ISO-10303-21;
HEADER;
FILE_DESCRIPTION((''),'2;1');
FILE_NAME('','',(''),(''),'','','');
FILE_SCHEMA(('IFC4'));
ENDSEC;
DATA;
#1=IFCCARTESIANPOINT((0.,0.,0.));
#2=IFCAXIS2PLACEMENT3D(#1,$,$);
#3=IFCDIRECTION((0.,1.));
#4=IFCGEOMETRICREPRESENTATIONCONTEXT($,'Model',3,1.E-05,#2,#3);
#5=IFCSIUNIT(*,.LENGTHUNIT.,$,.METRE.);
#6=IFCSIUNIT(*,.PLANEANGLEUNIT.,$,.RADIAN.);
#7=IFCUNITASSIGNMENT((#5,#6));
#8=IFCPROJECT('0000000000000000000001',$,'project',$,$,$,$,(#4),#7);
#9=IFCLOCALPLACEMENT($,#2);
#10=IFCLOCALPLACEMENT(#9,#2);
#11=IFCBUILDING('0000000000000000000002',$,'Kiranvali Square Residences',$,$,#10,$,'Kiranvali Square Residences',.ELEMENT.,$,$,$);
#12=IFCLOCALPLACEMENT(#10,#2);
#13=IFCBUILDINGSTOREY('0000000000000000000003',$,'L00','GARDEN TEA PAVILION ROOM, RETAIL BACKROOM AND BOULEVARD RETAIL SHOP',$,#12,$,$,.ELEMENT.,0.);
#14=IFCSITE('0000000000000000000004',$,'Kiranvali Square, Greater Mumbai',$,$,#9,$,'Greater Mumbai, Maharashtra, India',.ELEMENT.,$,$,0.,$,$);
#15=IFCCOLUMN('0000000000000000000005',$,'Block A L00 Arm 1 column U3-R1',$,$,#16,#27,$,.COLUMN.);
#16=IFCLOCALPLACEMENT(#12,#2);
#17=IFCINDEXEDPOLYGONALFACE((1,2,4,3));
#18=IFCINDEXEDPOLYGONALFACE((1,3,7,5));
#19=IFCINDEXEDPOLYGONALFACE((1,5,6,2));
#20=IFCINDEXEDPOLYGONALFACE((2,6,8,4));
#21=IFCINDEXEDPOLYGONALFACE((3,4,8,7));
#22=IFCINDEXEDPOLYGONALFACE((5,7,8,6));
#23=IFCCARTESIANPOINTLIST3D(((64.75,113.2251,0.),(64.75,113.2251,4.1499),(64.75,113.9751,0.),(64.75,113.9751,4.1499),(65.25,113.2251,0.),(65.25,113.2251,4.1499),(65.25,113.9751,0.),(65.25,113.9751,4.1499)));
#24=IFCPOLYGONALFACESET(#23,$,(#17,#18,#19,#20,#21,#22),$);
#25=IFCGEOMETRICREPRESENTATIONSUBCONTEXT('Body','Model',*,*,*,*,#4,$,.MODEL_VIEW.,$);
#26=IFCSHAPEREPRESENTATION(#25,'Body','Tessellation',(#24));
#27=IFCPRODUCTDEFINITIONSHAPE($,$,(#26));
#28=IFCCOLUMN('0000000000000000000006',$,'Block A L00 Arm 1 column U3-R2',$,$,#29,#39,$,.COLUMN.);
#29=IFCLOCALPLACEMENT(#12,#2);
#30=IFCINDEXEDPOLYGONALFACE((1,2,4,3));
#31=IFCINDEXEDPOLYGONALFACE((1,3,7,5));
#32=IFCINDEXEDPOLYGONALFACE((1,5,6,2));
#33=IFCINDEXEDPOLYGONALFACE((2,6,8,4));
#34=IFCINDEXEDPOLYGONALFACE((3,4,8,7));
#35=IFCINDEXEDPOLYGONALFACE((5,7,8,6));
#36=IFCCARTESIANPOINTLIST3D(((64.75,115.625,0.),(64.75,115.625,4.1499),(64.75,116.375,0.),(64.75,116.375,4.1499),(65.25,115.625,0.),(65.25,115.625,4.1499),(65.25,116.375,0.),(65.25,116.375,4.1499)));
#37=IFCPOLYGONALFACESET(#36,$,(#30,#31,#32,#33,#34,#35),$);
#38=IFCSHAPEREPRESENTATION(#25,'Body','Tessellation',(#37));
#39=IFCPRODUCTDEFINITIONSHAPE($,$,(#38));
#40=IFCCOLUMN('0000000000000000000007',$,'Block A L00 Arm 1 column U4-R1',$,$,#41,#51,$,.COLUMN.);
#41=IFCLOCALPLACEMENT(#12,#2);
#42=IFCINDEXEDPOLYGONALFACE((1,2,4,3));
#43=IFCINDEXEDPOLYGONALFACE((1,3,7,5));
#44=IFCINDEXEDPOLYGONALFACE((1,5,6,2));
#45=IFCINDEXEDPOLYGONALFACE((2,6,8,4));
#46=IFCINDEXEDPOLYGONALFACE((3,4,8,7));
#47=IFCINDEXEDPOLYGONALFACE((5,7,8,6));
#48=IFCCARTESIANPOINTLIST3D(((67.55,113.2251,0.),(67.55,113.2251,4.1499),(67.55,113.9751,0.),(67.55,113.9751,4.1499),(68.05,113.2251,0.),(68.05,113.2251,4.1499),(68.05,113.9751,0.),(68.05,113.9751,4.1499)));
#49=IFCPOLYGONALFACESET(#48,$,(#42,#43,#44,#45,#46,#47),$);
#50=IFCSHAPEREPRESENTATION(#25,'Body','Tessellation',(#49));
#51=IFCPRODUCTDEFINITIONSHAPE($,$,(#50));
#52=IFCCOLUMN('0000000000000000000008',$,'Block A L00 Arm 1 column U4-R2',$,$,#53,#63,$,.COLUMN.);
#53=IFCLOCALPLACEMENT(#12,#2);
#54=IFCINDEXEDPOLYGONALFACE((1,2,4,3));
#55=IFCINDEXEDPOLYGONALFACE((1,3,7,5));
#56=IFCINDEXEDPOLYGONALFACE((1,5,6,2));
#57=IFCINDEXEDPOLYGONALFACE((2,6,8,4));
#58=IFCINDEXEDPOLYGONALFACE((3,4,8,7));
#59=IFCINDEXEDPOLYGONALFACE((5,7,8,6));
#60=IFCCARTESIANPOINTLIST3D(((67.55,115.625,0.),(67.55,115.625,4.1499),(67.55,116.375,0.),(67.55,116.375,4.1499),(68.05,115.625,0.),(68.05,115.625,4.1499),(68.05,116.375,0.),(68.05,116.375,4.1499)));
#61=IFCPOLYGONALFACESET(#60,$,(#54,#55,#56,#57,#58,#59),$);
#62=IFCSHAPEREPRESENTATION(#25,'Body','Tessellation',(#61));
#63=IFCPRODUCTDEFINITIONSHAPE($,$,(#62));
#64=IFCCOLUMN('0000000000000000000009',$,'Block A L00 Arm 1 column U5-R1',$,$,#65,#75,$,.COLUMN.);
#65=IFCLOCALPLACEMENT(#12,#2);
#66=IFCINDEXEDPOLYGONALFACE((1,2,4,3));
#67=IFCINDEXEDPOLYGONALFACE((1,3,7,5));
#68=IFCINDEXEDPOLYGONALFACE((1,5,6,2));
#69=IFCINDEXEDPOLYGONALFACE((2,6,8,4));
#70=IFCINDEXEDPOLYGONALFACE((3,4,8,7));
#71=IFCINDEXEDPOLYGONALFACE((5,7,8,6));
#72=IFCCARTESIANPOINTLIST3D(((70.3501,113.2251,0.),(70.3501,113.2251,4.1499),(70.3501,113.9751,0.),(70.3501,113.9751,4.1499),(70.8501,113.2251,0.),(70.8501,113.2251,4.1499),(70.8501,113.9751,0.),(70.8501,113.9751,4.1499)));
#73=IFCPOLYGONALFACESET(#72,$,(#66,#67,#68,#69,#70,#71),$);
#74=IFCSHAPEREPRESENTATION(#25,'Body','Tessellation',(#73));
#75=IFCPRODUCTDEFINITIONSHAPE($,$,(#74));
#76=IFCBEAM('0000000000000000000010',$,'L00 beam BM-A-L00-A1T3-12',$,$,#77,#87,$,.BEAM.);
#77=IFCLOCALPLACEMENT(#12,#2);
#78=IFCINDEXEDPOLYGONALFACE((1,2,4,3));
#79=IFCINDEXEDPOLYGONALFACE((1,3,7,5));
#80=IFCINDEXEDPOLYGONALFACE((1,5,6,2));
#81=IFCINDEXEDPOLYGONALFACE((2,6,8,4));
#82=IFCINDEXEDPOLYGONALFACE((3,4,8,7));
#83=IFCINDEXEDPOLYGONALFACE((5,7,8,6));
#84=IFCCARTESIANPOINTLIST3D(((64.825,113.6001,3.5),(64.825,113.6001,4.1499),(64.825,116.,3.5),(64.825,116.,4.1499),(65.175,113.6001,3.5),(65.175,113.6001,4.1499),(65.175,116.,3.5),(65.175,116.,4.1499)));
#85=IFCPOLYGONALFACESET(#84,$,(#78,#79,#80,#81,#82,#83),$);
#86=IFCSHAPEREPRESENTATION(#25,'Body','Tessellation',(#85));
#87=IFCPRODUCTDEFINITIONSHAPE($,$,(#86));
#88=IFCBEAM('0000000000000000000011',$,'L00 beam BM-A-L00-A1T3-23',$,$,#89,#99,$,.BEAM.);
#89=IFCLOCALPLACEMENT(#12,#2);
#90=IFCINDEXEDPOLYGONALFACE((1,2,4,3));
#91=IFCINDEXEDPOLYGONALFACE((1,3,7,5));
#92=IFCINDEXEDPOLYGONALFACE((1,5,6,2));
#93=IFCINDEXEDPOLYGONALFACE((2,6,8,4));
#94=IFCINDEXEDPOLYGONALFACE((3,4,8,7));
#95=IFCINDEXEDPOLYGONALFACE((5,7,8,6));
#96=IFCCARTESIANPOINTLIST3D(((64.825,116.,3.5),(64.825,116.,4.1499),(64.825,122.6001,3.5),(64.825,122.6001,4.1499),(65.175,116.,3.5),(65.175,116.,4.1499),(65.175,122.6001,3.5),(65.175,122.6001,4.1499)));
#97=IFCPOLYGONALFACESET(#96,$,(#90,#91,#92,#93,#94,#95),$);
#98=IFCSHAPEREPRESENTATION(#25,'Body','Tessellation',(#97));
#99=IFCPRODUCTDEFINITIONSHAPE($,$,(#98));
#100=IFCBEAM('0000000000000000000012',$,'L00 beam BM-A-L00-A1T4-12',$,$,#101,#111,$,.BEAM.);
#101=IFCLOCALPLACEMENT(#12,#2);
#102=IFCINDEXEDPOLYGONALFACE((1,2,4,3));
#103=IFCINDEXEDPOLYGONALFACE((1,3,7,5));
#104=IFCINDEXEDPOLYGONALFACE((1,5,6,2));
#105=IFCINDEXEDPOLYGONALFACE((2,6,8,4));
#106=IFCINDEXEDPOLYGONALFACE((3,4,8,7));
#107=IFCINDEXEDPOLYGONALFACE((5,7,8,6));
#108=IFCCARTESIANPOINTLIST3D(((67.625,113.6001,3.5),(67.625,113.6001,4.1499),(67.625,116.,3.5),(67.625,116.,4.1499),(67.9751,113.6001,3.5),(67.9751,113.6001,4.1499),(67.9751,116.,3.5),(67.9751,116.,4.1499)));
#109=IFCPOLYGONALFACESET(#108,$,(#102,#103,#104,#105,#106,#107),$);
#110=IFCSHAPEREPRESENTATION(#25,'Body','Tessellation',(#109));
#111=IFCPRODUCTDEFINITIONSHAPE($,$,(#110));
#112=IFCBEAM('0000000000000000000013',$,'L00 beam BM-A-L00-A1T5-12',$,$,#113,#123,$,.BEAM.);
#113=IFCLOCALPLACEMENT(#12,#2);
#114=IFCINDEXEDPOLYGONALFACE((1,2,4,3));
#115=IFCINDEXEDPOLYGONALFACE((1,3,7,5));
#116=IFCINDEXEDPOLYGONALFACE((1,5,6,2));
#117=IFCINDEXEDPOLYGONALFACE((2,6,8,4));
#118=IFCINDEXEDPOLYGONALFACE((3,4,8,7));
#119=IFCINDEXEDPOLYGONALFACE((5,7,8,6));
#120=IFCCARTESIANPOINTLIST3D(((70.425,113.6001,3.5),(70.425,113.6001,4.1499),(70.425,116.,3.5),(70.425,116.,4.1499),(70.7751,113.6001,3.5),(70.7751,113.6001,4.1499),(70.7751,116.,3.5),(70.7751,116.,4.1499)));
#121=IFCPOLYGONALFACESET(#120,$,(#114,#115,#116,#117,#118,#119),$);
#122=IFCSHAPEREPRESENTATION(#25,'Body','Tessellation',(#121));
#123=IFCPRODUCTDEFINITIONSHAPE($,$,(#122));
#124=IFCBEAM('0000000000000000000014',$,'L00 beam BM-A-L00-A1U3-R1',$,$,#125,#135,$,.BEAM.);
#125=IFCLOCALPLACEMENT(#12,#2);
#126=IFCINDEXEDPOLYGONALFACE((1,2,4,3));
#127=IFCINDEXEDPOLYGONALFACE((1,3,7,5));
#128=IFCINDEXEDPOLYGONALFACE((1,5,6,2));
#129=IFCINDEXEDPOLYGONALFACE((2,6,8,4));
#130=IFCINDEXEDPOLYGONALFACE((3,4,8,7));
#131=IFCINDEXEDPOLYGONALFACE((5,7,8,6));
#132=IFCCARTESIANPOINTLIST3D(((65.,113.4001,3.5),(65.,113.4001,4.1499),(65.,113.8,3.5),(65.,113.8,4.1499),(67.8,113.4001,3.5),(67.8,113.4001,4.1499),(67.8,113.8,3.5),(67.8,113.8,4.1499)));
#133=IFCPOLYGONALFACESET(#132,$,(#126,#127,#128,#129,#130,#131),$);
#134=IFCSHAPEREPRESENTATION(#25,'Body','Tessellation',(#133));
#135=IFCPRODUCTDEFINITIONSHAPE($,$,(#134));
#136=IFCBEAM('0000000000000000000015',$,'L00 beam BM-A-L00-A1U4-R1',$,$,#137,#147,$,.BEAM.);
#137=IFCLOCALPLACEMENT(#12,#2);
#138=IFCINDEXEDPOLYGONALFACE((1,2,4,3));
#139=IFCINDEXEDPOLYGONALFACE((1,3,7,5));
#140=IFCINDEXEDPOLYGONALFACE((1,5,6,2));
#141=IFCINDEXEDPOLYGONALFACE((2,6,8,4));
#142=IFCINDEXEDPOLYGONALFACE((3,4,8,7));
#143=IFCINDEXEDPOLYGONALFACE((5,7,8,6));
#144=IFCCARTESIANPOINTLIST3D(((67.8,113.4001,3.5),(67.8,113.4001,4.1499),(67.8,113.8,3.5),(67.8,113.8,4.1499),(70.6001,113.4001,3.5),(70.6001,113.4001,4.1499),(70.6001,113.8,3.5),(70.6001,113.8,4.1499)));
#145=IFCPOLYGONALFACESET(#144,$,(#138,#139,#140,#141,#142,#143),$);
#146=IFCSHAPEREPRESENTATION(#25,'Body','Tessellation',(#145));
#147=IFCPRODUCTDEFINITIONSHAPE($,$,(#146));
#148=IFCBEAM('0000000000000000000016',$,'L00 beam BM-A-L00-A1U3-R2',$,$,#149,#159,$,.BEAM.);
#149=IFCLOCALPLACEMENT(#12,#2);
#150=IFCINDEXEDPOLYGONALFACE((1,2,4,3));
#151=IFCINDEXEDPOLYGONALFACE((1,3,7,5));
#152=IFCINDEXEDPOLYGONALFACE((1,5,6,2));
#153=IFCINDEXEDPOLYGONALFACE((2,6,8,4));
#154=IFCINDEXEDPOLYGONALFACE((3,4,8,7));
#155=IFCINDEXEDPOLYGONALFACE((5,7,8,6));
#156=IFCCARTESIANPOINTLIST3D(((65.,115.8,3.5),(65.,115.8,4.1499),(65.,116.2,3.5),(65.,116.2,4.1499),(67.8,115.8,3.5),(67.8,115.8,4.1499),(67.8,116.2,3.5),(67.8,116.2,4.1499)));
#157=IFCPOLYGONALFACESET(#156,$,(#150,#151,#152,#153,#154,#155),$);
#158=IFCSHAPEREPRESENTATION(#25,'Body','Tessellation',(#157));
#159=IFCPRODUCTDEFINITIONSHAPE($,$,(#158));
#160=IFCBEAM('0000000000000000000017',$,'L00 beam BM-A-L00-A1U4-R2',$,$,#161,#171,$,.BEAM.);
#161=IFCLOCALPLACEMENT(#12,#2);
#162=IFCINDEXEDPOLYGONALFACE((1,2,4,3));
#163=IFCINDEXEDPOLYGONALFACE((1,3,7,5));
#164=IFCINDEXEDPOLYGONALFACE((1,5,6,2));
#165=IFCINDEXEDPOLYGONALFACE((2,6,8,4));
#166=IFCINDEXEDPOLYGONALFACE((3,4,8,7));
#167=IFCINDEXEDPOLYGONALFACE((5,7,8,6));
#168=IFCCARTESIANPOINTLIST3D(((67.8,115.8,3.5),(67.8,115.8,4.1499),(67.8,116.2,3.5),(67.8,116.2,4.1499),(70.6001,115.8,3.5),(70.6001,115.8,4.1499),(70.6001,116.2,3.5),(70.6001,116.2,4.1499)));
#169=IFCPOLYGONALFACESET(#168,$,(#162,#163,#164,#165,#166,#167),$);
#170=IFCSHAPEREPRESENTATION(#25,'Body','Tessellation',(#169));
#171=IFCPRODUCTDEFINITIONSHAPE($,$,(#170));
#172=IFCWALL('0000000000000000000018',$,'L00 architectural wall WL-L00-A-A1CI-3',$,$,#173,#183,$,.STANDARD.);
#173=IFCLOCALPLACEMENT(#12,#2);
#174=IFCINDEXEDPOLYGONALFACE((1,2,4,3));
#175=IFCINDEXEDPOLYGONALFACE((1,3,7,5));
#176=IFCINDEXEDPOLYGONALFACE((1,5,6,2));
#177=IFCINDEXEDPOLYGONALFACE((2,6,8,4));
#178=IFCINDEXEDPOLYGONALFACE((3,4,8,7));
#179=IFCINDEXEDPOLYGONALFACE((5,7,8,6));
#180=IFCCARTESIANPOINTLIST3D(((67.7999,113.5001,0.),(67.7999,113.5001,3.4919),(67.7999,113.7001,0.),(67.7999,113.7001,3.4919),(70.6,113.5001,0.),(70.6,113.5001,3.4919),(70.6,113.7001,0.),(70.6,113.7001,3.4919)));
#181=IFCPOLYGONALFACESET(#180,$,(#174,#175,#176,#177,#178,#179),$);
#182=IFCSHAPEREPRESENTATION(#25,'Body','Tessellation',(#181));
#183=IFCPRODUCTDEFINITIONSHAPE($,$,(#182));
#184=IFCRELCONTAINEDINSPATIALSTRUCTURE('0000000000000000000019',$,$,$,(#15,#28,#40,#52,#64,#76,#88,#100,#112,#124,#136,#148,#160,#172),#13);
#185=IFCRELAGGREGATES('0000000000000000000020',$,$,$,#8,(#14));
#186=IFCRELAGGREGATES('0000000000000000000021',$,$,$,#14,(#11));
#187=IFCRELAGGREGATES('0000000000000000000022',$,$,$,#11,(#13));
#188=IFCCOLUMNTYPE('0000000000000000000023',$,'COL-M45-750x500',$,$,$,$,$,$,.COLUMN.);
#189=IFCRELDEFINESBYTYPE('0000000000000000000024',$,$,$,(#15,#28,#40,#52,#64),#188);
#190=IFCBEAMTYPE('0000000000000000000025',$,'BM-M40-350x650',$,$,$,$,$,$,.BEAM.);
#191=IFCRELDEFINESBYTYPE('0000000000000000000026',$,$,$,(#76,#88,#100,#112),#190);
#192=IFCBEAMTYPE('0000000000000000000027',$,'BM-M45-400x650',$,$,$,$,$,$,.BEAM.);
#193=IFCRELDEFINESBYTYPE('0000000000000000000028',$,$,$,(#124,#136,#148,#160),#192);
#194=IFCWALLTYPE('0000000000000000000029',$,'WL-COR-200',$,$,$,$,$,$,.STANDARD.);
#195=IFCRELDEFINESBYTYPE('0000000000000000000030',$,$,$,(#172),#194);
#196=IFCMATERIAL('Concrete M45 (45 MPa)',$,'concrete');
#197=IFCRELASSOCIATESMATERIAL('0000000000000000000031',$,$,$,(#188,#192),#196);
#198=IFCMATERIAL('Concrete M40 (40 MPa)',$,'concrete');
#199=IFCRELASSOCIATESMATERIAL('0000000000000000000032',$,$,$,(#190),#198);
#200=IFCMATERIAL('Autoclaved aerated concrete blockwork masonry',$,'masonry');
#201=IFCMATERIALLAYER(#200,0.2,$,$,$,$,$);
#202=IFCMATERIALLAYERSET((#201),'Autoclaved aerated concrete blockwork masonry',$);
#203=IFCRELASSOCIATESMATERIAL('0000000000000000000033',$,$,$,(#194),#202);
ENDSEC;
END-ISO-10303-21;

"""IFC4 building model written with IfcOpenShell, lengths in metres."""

from ifc_helpers import new_model, si_unit, direction, frame, frame_2d, origin, origin_2d, place, context, subcontext, project, spatial, rectangle, extrude, material, layer, layer_set, material_profile, profile_set, type_object, element, save


model = new_model("IFC4")

# Units and contexts
model_context = context("Model", 3, precision=1e-05, world=origin(), true_north=direction((0.0, 1.0)))
body_context = subcontext(model_context, "Body", "Model", "MODEL_VIEW")
ifc_project = project(units=[si_unit("LENGTHUNIT", "METRE"), si_unit("PLANEANGLEUNIT", "RADIAN")], contexts=[model_context])

# Site, building, storey
site_placement = place(None, origin())
site = spatial("IfcSite", under=ifc_project, at=site_placement, Name="Kiranvali Square, Greater Mumbai", LongName="Greater Mumbai, Maharashtra, India", CompositionType="ELEMENT", RefElevation=0.0)
building_placement = place(site_placement, origin())
building = spatial("IfcBuilding", under=site, at=building_placement, Name="Kiranvali Square Residences", LongName="Kiranvali Square Residences", CompositionType="ELEMENT")
storey_placement = place(building_placement, origin())
storey = spatial("IfcBuildingStorey", under=building, at=storey_placement, Name="L00", Description="GARDEN TEA PAVILION ROOM, RETAIL BACKROOM AND BOULEVARD RETAIL SHOP", CompositionType="ELEMENT", Elevation=0.0)

# Columns
ifc_material_1 = material(Name="Concrete M45 (45 MPa)", Category="concrete")
ifc_material_profile_1 = material_profile(ifc_material_1, rectangle(XDim=0.5, YDim=0.75, at=origin_2d()), Name="RC 750x500")
ifc_profile_set_1 = profile_set([ifc_material_profile_1], Name="Concrete M45 (45 MPa)")
column_type = type_object("IfcColumnType", Name="COL-M45-750x500", PredefinedType="COLUMN", material=ifc_profile_set_1)
for number, where, z_axis, x_axis, name in (
    (1, (65.0, 113.6001, 0.0), (0.0, 0.0, 1.0), (1.0, 0.0, 0.0), "Block A L00 Arm 1 column U3-R1"),
    (2, (65.0, 116.0, 0.0), (0.0, 0.0, 1.0), (1.0, 0.0, 0.0), "Block A L00 Arm 1 column U3-R2"),
    (3, (67.8, 113.6001, 0.0), (0.0, 0.0, 1.0), (1.0, 0.0, 0.0), "Block A L00 Arm 1 column U4-R1"),
    (4, (67.8, 116.0, 0.0), (0.0, 0.0, 1.0), (1.0, 0.0, 0.0), "Block A L00 Arm 1 column U4-R2"),
    (5, (70.6001, 113.6001, 0.0), (0.0, 0.0, 1.0), (1.0, 0.0, 0.0), "Block A L00 Arm 1 column U5-R1"),
):
    element("IfcColumn", number, at=place(storey_placement, frame(where, z_axis=z_axis, x_axis=x_axis)), inside=storey, type_object=column_type, Name=name, PredefinedType="COLUMN", context=body_context, shape_type="SweptSolid", body=[
        extrude(rectangle(XDim=0.5, YDim=0.75, at=origin_2d()), origin(), (0.0, 0.0, 1.0), 4.1499),
    ])

# Beams
ifc_material_2 = material(Name="Concrete M40 (40 MPa)", Category="concrete")
ifc_material_profile_2 = material_profile(ifc_material_2, rectangle(XDim=0.3501, YDim=0.6499, at=origin_2d()), Name="RC 350x650")
ifc_profile_set_2 = profile_set([ifc_material_profile_2], Name="Concrete M40 (40 MPa)")
beam_type_1 = type_object("IfcBeamType", Name="BM-M40-350x650", PredefinedType="BEAM", material=ifc_profile_set_2)
beam_1_placement = place(storey_placement, frame((65.0, 113.6001, 3.825), z_axis=(0.0, 1.0, 0.0), x_axis=(-1.0, 0.0, 0.0)))
element("IfcBeam", 6, at=beam_1_placement, inside=storey, type_object=beam_type_1, Name="L00 beam BM-A-L00-A1T3-12", PredefinedType="BEAM", context=body_context, shape_type="SweptSolid", body=[
    extrude(rectangle(XDim=0.3501, YDim=0.6499, at=origin_2d()), origin(), (0.0, 0.0, 1.0), 2.3999),
])
beam_2_placement = place(storey_placement, frame((65.0, 116.0, 3.825), z_axis=(0.0, 1.0, 0.0), x_axis=(-1.0, 0.0, 0.0)))
element("IfcBeam", 7, at=beam_2_placement, inside=storey, type_object=beam_type_1, Name="L00 beam BM-A-L00-A1T3-23", PredefinedType="BEAM", context=body_context, shape_type="SweptSolid", body=[
    extrude(rectangle(XDim=0.3501, YDim=0.6499, at=origin_2d()), origin(), (0.0, 0.0, 1.0), 6.6001),
])
for number, where, z_axis, x_axis, name in (
    (8, (67.8, 113.6001, 3.825), (0.0, 1.0, 0.0), (-1.0, 0.0, 0.0), "L00 beam BM-A-L00-A1T4-12"),
    (9, (70.6001, 113.6001, 3.825), (0.0, 1.0, 0.0), (-1.0, 0.0, 0.0), "L00 beam BM-A-L00-A1T5-12"),
):
    element("IfcBeam", number, at=place(storey_placement, frame(where, z_axis=z_axis, x_axis=x_axis)), inside=storey, type_object=beam_type_1, Name=name, PredefinedType="BEAM", context=body_context, shape_type="SweptSolid", body=[
        extrude(rectangle(XDim=0.3501, YDim=0.6499, at=origin_2d()), origin(), (0.0, 0.0, 1.0), 2.3999),
    ])
ifc_material_profile_3 = material_profile(ifc_material_1, rectangle(XDim=0.3999, YDim=0.6499, at=origin_2d()), Name="RC 400x650")
ifc_profile_set_3 = profile_set([ifc_material_profile_3], Name="Concrete M45 (45 MPa)")
beam_type_2 = type_object("IfcBeamType", Name="BM-M45-400x650", PredefinedType="BEAM", material=ifc_profile_set_3)
for number, where, z_axis, x_axis, name in (
    (10, (65.0, 113.6001, 3.825), (1.0, 0.0, 0.0), (0.0, 1.0, 0.0), "L00 beam BM-A-L00-A1U3-R1"),
    (11, (67.8, 113.6001, 3.825), (1.0, 0.0, 0.0), (0.0, 1.0, 0.0), "L00 beam BM-A-L00-A1U4-R1"),
    (12, (65.0, 116.0, 3.825), (1.0, 0.0, 0.0), (0.0, 1.0, 0.0), "L00 beam BM-A-L00-A1U3-R2"),
    (13, (67.8, 116.0, 3.825), (1.0, 0.0, 0.0), (0.0, 1.0, 0.0), "L00 beam BM-A-L00-A1U4-R2"),
):
    element("IfcBeam", number, at=place(storey_placement, frame(where, z_axis=z_axis, x_axis=x_axis)), inside=storey, type_object=beam_type_2, Name=name, PredefinedType="BEAM", context=body_context, shape_type="SweptSolid", body=[
        extrude(rectangle(XDim=0.3999, YDim=0.6499, at=origin_2d()), origin(), (0.0, 0.0, 1.0), 2.8),
    ])

# Shared definitions
ifc_material_3 = material(Name="Autoclaved aerated concrete blockwork masonry", Category="masonry")
ifc_layer_1 = layer(ifc_material_3, 0.2)
ifc_layer_set_1 = layer_set([ifc_layer_1], Name="Autoclaved aerated concrete blockwork masonry")
wall_type_1 = type_object("IfcWallType", Name="WL-COR-200", PredefinedType="STANDARD", material=ifc_layer_set_1)

# Wall
wall_1_placement = place(storey_placement, frame((67.8, 113.6001, 0.0), z_axis=(0.0, 0.0, 1.0), x_axis=(1.0, 0.0, 0.0)))
element("IfcWall", 14, at=wall_1_placement, inside=storey, type_object=wall_type_1, Name="L00 architectural wall WL-L00-A-A1CI-3", PredefinedType="STANDARD", context=body_context, shape_type="SweptSolid", body=[
    extrude(rectangle(XDim=2.8, YDim=0.2, at=frame_2d((1.3999, 0.0))), origin(), (0.0, 0.0, 1.0), 3.4919),
])

save(model, "model.ifc")
